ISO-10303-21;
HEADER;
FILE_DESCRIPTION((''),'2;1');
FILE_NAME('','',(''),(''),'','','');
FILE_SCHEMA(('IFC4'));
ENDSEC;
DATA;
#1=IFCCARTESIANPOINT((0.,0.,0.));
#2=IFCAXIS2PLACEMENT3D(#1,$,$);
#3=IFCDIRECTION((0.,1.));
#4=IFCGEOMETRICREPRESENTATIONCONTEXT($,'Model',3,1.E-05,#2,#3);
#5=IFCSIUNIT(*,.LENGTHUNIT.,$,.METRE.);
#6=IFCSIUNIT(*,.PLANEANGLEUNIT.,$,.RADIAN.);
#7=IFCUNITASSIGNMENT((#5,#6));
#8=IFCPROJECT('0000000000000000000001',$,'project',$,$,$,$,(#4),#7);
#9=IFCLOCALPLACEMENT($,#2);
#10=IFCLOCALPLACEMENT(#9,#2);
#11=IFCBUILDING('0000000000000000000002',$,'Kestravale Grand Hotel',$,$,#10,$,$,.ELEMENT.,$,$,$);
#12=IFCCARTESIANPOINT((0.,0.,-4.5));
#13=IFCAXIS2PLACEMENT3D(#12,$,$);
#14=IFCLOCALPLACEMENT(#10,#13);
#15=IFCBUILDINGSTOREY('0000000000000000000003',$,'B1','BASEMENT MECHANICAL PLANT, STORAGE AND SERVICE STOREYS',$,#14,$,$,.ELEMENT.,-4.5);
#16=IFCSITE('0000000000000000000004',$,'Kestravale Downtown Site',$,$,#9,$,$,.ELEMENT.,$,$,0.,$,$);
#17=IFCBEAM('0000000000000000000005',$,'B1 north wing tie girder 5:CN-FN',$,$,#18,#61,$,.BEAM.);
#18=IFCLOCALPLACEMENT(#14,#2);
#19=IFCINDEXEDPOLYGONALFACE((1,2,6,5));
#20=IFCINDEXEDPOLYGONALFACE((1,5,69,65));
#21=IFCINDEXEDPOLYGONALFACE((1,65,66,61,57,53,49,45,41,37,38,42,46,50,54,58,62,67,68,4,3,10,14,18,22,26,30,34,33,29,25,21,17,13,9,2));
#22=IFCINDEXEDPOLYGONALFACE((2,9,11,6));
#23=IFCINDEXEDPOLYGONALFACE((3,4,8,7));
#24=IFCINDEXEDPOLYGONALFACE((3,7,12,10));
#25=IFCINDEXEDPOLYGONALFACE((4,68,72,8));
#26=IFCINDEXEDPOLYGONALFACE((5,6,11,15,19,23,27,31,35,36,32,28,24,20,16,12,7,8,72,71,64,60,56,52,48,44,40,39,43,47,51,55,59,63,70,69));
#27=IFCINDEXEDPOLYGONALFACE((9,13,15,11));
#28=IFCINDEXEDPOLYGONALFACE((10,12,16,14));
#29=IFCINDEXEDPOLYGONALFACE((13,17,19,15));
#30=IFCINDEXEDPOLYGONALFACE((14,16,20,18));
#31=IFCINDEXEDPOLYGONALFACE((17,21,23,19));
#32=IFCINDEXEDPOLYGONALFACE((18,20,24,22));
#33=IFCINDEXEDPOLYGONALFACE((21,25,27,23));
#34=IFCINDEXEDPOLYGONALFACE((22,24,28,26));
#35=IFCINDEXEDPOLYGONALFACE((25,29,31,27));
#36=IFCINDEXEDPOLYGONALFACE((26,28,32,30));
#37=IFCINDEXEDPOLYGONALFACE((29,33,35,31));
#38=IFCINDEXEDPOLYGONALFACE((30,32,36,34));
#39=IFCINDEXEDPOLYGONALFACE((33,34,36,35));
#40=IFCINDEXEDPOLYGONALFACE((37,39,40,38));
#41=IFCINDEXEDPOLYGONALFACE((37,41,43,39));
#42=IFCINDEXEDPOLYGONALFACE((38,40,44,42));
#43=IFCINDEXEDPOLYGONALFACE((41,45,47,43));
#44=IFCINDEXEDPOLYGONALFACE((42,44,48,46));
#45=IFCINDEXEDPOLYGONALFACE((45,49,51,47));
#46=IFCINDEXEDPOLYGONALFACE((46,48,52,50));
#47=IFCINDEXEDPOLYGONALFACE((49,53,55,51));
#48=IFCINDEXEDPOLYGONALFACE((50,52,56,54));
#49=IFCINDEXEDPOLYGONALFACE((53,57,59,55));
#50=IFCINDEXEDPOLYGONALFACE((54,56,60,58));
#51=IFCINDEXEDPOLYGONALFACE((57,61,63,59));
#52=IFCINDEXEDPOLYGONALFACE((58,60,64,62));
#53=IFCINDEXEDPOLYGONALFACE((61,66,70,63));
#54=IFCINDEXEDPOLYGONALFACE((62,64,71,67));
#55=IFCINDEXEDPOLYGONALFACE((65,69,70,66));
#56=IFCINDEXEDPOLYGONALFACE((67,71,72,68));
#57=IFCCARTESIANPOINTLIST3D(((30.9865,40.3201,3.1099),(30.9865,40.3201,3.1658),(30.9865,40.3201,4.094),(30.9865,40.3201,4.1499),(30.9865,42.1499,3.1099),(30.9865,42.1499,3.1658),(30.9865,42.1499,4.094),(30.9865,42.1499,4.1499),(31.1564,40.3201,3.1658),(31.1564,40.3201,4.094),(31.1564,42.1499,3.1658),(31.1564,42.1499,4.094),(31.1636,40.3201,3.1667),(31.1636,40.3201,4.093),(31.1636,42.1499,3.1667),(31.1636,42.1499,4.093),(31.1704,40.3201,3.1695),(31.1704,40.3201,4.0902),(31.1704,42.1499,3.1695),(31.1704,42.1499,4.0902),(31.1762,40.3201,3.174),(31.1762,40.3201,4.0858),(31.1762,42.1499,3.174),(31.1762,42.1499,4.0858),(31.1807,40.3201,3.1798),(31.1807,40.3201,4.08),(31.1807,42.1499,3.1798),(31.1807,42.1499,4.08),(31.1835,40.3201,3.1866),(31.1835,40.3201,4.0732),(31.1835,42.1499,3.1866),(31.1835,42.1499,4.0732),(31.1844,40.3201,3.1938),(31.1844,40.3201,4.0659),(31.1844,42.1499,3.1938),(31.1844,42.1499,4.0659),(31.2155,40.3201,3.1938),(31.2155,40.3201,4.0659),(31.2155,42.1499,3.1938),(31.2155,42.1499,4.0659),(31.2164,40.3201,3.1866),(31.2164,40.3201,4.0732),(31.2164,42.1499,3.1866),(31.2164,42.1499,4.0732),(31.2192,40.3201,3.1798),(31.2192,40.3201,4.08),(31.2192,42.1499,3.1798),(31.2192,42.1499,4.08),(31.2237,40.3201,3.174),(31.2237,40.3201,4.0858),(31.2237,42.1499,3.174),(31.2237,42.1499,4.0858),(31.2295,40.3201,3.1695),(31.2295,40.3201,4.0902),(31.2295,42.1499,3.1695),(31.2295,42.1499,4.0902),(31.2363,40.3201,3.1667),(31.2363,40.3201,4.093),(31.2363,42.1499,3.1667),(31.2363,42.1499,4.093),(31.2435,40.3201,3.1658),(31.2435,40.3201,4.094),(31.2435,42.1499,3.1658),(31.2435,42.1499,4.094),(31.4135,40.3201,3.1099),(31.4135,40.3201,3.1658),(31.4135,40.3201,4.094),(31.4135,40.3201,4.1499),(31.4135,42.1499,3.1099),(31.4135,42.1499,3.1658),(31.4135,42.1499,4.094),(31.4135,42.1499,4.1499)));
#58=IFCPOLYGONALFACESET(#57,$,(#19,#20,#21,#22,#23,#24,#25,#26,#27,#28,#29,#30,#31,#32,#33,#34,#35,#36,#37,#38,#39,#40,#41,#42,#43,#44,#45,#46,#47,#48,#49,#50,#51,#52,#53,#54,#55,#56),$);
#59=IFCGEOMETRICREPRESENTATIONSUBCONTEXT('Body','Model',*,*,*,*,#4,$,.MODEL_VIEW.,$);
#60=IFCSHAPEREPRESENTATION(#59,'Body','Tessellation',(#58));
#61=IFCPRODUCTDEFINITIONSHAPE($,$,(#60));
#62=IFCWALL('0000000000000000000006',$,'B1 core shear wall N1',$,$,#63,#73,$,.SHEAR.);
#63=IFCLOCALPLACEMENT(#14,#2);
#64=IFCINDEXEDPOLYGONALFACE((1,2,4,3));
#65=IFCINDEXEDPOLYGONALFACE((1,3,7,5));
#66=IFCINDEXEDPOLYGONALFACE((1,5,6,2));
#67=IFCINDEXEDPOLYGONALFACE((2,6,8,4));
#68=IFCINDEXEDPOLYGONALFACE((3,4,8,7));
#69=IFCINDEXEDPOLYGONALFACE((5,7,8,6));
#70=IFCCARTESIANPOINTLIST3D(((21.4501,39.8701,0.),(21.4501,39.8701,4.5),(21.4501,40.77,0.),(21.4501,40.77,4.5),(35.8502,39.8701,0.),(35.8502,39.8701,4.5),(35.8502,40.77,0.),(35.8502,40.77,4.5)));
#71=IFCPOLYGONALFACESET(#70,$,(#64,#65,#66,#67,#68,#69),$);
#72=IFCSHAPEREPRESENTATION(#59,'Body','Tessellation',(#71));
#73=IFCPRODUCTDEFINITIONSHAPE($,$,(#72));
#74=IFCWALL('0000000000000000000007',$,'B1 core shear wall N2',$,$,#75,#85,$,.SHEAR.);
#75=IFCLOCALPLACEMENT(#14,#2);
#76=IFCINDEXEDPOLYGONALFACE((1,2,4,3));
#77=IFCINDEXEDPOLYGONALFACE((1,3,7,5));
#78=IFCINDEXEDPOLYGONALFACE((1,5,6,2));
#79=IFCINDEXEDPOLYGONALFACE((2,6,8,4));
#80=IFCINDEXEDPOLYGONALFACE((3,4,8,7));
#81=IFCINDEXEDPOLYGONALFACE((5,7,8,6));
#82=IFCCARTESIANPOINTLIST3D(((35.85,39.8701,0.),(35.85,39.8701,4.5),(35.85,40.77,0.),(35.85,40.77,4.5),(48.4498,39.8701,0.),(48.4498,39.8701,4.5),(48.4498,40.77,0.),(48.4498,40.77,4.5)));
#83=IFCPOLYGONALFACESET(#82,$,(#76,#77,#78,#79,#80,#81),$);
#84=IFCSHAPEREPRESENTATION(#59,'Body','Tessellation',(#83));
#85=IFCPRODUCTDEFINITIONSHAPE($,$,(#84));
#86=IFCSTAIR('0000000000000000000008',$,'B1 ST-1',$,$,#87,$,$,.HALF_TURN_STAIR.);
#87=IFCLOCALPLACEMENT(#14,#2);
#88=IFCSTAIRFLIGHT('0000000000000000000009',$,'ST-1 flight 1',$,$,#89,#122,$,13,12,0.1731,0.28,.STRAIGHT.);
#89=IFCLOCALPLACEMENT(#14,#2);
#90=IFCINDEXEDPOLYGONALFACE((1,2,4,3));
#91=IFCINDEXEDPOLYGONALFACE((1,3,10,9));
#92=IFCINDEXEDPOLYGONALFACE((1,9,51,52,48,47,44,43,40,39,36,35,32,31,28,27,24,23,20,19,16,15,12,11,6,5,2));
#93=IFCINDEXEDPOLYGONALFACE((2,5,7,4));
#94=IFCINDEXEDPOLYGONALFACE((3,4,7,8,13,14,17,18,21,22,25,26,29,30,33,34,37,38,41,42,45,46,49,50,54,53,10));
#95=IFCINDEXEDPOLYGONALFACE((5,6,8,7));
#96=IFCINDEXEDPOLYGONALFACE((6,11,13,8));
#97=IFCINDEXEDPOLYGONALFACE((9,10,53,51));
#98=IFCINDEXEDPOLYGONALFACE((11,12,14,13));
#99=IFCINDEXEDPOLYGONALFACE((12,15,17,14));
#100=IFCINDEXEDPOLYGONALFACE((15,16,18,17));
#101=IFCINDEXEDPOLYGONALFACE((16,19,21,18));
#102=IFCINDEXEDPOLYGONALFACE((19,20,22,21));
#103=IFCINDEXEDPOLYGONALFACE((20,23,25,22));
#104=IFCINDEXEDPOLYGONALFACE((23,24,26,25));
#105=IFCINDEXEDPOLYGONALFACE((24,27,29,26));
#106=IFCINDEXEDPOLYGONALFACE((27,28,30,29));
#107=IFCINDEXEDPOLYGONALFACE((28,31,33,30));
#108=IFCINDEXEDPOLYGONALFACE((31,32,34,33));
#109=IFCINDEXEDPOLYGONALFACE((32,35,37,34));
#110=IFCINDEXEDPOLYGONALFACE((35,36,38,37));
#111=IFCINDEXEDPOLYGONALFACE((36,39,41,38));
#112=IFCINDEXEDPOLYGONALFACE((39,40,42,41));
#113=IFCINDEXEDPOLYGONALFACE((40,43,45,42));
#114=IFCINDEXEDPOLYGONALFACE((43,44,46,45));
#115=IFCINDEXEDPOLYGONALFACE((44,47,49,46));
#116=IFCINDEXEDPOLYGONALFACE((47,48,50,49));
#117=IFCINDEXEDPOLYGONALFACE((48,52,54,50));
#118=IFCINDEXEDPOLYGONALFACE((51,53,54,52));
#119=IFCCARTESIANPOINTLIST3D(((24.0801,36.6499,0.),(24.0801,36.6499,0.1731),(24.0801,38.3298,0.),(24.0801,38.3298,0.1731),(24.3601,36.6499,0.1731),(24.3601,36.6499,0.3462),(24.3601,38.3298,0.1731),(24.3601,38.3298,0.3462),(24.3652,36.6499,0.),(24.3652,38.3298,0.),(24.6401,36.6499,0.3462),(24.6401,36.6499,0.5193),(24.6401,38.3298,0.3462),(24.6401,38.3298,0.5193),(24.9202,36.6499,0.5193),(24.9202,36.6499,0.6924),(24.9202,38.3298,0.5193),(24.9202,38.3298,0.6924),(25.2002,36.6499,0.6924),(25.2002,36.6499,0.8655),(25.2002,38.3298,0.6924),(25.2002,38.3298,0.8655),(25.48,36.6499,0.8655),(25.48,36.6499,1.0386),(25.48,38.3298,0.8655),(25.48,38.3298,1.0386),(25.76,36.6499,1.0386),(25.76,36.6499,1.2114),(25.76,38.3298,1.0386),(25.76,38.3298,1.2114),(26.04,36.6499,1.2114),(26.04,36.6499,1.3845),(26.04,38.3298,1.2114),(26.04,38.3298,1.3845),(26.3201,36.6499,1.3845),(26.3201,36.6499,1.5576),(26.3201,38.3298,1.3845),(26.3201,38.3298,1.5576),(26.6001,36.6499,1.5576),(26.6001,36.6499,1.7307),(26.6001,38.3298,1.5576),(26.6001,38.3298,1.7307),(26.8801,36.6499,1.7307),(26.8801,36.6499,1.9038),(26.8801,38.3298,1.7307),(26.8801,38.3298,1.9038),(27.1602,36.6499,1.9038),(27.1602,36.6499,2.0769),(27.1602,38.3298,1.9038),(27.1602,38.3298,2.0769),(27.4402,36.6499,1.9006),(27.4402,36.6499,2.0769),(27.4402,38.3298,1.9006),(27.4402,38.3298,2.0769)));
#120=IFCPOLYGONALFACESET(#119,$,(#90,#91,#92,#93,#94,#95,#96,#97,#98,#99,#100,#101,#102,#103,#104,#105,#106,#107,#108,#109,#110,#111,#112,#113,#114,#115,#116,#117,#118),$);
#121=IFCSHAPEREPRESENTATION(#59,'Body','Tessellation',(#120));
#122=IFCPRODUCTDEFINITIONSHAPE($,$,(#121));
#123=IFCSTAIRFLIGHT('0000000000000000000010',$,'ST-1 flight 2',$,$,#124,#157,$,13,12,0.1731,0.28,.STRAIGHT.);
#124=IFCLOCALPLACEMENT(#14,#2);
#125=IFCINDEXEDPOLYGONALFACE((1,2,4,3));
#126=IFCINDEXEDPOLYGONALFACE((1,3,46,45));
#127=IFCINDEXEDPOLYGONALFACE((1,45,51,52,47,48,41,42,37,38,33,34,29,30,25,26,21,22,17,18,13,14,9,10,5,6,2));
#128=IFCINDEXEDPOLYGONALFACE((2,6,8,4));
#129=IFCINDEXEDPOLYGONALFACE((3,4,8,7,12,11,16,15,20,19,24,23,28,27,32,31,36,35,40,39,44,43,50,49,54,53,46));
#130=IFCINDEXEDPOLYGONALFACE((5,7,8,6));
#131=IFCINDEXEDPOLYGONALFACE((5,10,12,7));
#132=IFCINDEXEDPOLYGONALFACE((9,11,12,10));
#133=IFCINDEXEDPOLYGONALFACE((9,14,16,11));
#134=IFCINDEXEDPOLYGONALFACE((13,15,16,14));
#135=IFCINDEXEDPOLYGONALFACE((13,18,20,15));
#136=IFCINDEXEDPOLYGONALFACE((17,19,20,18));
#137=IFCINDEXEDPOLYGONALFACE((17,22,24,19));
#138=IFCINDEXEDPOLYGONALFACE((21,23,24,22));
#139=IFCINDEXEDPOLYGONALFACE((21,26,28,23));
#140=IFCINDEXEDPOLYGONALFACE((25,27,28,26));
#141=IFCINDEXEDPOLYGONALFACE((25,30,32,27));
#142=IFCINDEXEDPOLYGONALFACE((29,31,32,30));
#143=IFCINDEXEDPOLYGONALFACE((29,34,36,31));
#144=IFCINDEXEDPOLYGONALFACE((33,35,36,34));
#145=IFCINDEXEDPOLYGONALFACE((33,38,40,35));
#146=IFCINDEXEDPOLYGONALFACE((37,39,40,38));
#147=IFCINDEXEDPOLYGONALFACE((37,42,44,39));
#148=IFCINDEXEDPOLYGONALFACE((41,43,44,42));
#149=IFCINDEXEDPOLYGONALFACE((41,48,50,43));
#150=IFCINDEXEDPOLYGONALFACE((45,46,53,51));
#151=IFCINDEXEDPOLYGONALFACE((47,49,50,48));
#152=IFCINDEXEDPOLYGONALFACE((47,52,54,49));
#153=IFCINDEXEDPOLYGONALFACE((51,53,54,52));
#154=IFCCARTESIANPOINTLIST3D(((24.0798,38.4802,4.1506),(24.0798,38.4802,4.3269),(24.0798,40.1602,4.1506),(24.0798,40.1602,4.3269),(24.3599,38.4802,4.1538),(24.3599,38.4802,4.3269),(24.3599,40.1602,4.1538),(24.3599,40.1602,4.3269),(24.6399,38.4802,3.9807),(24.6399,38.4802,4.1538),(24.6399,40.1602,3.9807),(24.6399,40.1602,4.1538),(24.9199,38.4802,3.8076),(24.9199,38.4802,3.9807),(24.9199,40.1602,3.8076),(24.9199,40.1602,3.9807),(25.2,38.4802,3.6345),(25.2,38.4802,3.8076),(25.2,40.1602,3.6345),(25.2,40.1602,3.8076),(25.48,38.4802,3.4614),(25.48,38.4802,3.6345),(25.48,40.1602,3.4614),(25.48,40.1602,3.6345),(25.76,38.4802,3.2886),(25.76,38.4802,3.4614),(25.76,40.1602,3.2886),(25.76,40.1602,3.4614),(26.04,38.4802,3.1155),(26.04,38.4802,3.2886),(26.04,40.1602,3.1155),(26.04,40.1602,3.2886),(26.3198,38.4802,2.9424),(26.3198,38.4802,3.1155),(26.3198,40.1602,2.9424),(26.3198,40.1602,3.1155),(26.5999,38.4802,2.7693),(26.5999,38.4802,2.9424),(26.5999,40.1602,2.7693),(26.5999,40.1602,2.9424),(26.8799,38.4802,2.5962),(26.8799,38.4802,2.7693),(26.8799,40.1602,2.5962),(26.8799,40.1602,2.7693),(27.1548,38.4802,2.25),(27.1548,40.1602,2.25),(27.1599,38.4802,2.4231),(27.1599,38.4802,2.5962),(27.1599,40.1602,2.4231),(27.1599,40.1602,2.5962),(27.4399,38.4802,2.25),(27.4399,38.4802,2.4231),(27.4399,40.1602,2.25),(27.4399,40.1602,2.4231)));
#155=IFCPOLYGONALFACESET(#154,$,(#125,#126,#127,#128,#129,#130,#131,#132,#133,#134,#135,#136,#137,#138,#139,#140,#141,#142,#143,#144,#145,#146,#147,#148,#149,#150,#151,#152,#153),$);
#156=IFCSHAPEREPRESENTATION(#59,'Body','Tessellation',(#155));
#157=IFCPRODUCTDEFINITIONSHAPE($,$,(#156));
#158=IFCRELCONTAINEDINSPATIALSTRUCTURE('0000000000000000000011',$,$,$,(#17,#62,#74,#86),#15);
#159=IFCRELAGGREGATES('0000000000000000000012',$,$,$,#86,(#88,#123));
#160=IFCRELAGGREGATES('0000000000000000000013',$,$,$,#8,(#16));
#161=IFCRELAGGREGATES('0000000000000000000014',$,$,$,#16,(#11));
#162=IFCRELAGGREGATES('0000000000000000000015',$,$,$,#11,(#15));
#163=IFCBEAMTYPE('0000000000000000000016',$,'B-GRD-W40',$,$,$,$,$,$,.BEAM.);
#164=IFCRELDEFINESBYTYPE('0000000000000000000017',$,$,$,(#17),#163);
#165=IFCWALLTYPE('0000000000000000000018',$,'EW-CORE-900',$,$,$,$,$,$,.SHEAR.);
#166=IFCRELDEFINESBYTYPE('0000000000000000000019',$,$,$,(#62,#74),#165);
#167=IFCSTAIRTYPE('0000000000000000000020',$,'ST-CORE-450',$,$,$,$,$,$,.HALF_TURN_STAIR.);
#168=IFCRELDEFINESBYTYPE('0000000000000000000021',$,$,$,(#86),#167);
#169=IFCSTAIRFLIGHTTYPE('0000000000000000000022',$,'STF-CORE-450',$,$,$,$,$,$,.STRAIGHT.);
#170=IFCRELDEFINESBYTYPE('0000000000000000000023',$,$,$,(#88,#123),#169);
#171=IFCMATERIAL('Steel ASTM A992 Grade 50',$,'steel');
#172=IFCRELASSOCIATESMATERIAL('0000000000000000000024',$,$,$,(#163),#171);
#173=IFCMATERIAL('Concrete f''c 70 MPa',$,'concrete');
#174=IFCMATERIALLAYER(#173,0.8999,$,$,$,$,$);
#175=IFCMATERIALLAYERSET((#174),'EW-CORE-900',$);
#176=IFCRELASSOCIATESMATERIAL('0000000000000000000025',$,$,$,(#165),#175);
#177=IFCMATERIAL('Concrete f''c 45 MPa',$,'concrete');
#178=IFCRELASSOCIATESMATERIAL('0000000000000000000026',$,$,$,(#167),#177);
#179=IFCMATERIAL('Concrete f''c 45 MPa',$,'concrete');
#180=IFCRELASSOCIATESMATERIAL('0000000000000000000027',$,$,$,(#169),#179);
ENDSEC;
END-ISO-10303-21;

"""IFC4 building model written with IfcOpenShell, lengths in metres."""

from ifc_helpers import new_model, si_unit, direction, frame, frame_2d, origin, origin_2d, place, context, subcontext, project, spatial, polyline, rectangle, i_section, outline, extrude, material, layer, layer_set, material_profile, profile_set, type_object, element, aggregate, save


model = new_model("IFC4")

# Units and contexts
model_context = context("Model", 3, precision=1e-05, world=origin(), true_north=direction((0.0, 1.0)))
body_context = subcontext(model_context, "Body", "Model", "MODEL_VIEW")
ifc_project = project(units=[si_unit("LENGTHUNIT", "METRE"), si_unit("PLANEANGLEUNIT", "RADIAN")], contexts=[model_context])

# Site, building, storey
site_placement = place(None, origin())
site = spatial("IfcSite", under=ifc_project, at=site_placement, Name="Kestravale Downtown Site", CompositionType="ELEMENT", RefElevation=0.0)
building_placement = place(site_placement, origin())
building = spatial("IfcBuilding", under=site, at=building_placement, Name="Kestravale Grand Hotel", CompositionType="ELEMENT")
storey_placement = place(building_placement, frame((0.0, 0.0, -4.5)))
storey = spatial("IfcBuildingStorey", under=building, at=storey_placement, Name="B1", Description="BASEMENT MECHANICAL PLANT, STORAGE AND SERVICE STOREYS", CompositionType="ELEMENT", Elevation=-4.5)

# Beam
ifc_material_1 = material(Name="Steel ASTM A992 Grade 50", Category="steel")
ifc_material_profile_1 = material_profile(ifc_material_1, i_section(OverallWidth=0.427, OverallDepth=1.04, WebThickness=0.031, FlangeThickness=0.0559, FilletRadius=0.0281, at=origin_2d()))
ifc_profile_set_1 = profile_set([ifc_material_profile_1], Name="Steel ASTM A992 Grade 50")
beam_type_1 = type_object("IfcBeamType", Name="B-GRD-W40", PredefinedType="BEAM", material=ifc_profile_set_1)
for number, where, z_axis, x_axis, name in (
    (1, (31.2, 40.3201, 3.6299), (0.0, 1.0, 0.0), (-1.0, 0.0, 0.0), "B1 north wing tie girder 5:CN-FN"),
):
    element("IfcBeam", number, at=place(storey_placement, frame(where, z_axis=z_axis, x_axis=x_axis)), inside=storey, type_object=beam_type_1, Name=name, PredefinedType="BEAM", context=body_context, shape_type="SweptSolid", body=[
        extrude(i_section(OverallWidth=0.427, OverallDepth=1.04, WebThickness=0.031, FlangeThickness=0.0559, FilletRadius=0.0281, at=origin_2d()), origin(), (0.0, 0.0, 1.0), 1.8298),
    ])

# Walls
ifc_material_2 = material(Name="Concrete f'c 70 MPa", Category="concrete")
ifc_layer = layer(ifc_material_2, 0.8999)
ifc_layer_set = layer_set([ifc_layer], Name="EW-CORE-900")
wall_type = type_object("IfcWallType", Name="EW-CORE-900", PredefinedType="SHEAR", material=ifc_layer_set)
wall_1_placement = place(storey_placement, frame((21.45, 40.3201, 0.0), z_axis=(0.0, 0.0, 1.0), x_axis=(1.0, 0.0, 0.0)))
element("IfcWall", 2, at=wall_1_placement, inside=storey, type_object=wall_type, Name="B1 core shear wall N1", PredefinedType="SHEAR", context=body_context, shape_type="SweptSolid", body=[
    extrude(rectangle(XDim=14.4001, YDim=0.8999, at=frame_2d((7.2002, 0.0))), origin(), (0.0, 0.0, 1.0), 4.5),
])
wall_2_placement = place(storey_placement, frame((35.8501, 40.3201, 0.0), z_axis=(0.0, 0.0, 1.0), x_axis=(1.0, 0.0, 0.0)))
element("IfcWall", 3, at=wall_2_placement, inside=storey, type_object=wall_type, Name="B1 core shear wall N2", PredefinedType="SHEAR", context=body_context, shape_type="SweptSolid", body=[
    extrude(rectangle(XDim=12.5999, YDim=0.8999, at=frame_2d((6.2998, 0.0))), origin(), (0.0, 0.0, 1.0), 4.5),
])

# Stair, stair flights
ifc_material_3 = material(Name="Concrete f'c 45 MPa", Category="concrete")
stair_type = type_object("IfcStairType", Name="ST-CORE-450", PredefinedType="HALF_TURN_STAIR", material=ifc_material_3)
stair_placement = place(storey_placement, origin())
stair = element("IfcStair", 4, at=stair_placement, inside=storey, type_object=stair_type, Name="B1 ST-1", PredefinedType="HALF_TURN_STAIR")
ifc_material_4 = material(Name="Concrete f'c 45 MPa", Category="concrete")
stair_flight_type = type_object("IfcStairFlightType", Name="STF-CORE-450", PredefinedType="STRAIGHT", material=ifc_material_4)
stair_flight_1_placement = place(storey_placement, frame((24.0801, 37.49, 0.0), z_axis=(0.0, 0.0, 1.0), x_axis=(1.0, 0.0, 0.0)))
stair_flight_1 = element("IfcStairFlight", 5, at=stair_flight_1_placement, type_object=stair_flight_type, Name="ST-1 flight 1", NumberOfRisers=13, NumberOfTreads=12, PredefinedType="STRAIGHT", RiserHeight=0.1731, TreadLength=0.28, context=body_context, shape_type="SweptSolid", body=[
    extrude(outline(polyline([(0.0, 0.0), (0.0, 0.1731), (0.28, 0.1731), (0.28, 0.3462), (0.5601, 0.3462), (0.5601, 0.5193), (0.8401, 0.5193), (0.8401, 0.6924), (1.1201, 0.6924), (1.1201, 0.8655), (1.3999, 0.8655), (1.3999, 1.0386), (1.6799, 1.0386), (1.6799, 1.2114), (1.96, 1.2114), (1.96, 1.3845), (2.24, 1.3845), (2.24, 1.5576), (2.52, 1.5576), (2.52, 1.7307), (2.8, 1.7307), (2.8, 1.9038), (3.0801, 1.9038), (3.0801, 2.0769), (3.3601, 2.0769), (3.3601, 2.25), (3.3601, 1.9006), (0.2852, 0.0), (0.0, 0.0)])), frame((0.0, 0.8398, 0.0), z_axis=(0.0, -1.0, 0.0), x_axis=(1.0, 0.0, 0.0)), (0.0, 0.0, 1.0), 1.6799),
])
stair_flight_2_placement = place(storey_placement, frame((27.4399, 39.3201, 2.25), z_axis=(0.0, 0.0, 1.0), x_axis=(-1.0, 0.0, 0.0)))
stair_flight_2 = element("IfcStairFlight", 6, at=stair_flight_2_placement, type_object=stair_flight_type, Name="ST-1 flight 2", NumberOfRisers=13, NumberOfTreads=12, PredefinedType="STRAIGHT", RiserHeight=0.1731, TreadLength=0.28, context=body_context, shape_type="SweptSolid", body=[
    extrude(outline(polyline([(0.0, 0.0), (0.0, 0.1731), (0.28, 0.1731), (0.28, 0.3462), (0.5601, 0.3462), (0.5601, 0.5193), (0.8401, 0.5193), (0.8401, 0.6924), (1.1201, 0.6924), (1.1201, 0.8655), (1.3999, 0.8655), (1.3999, 1.0386), (1.6799, 1.0386), (1.6799, 1.2114), (1.96, 1.2114), (1.96, 1.3845), (2.24, 1.3845), (2.24, 1.5576), (2.52, 1.5576), (2.52, 1.7307), (2.8, 1.7307), (2.8, 1.9038), (3.0801, 1.9038), (3.0801, 2.0769), (3.3601, 2.0769), (3.3601, 2.25), (3.3601, 1.9006), (0.2852, 0.0), (0.0, 0.0)])), frame((0.0, 0.8398, 0.0), z_axis=(0.0, -1.0, 0.0), x_axis=(1.0, 0.0, 0.0)), (0.0, 0.0, 1.0), 1.6799),
])
aggregate(stair, [stair_flight_1, stair_flight_2])

save(model, "model.ifc")
